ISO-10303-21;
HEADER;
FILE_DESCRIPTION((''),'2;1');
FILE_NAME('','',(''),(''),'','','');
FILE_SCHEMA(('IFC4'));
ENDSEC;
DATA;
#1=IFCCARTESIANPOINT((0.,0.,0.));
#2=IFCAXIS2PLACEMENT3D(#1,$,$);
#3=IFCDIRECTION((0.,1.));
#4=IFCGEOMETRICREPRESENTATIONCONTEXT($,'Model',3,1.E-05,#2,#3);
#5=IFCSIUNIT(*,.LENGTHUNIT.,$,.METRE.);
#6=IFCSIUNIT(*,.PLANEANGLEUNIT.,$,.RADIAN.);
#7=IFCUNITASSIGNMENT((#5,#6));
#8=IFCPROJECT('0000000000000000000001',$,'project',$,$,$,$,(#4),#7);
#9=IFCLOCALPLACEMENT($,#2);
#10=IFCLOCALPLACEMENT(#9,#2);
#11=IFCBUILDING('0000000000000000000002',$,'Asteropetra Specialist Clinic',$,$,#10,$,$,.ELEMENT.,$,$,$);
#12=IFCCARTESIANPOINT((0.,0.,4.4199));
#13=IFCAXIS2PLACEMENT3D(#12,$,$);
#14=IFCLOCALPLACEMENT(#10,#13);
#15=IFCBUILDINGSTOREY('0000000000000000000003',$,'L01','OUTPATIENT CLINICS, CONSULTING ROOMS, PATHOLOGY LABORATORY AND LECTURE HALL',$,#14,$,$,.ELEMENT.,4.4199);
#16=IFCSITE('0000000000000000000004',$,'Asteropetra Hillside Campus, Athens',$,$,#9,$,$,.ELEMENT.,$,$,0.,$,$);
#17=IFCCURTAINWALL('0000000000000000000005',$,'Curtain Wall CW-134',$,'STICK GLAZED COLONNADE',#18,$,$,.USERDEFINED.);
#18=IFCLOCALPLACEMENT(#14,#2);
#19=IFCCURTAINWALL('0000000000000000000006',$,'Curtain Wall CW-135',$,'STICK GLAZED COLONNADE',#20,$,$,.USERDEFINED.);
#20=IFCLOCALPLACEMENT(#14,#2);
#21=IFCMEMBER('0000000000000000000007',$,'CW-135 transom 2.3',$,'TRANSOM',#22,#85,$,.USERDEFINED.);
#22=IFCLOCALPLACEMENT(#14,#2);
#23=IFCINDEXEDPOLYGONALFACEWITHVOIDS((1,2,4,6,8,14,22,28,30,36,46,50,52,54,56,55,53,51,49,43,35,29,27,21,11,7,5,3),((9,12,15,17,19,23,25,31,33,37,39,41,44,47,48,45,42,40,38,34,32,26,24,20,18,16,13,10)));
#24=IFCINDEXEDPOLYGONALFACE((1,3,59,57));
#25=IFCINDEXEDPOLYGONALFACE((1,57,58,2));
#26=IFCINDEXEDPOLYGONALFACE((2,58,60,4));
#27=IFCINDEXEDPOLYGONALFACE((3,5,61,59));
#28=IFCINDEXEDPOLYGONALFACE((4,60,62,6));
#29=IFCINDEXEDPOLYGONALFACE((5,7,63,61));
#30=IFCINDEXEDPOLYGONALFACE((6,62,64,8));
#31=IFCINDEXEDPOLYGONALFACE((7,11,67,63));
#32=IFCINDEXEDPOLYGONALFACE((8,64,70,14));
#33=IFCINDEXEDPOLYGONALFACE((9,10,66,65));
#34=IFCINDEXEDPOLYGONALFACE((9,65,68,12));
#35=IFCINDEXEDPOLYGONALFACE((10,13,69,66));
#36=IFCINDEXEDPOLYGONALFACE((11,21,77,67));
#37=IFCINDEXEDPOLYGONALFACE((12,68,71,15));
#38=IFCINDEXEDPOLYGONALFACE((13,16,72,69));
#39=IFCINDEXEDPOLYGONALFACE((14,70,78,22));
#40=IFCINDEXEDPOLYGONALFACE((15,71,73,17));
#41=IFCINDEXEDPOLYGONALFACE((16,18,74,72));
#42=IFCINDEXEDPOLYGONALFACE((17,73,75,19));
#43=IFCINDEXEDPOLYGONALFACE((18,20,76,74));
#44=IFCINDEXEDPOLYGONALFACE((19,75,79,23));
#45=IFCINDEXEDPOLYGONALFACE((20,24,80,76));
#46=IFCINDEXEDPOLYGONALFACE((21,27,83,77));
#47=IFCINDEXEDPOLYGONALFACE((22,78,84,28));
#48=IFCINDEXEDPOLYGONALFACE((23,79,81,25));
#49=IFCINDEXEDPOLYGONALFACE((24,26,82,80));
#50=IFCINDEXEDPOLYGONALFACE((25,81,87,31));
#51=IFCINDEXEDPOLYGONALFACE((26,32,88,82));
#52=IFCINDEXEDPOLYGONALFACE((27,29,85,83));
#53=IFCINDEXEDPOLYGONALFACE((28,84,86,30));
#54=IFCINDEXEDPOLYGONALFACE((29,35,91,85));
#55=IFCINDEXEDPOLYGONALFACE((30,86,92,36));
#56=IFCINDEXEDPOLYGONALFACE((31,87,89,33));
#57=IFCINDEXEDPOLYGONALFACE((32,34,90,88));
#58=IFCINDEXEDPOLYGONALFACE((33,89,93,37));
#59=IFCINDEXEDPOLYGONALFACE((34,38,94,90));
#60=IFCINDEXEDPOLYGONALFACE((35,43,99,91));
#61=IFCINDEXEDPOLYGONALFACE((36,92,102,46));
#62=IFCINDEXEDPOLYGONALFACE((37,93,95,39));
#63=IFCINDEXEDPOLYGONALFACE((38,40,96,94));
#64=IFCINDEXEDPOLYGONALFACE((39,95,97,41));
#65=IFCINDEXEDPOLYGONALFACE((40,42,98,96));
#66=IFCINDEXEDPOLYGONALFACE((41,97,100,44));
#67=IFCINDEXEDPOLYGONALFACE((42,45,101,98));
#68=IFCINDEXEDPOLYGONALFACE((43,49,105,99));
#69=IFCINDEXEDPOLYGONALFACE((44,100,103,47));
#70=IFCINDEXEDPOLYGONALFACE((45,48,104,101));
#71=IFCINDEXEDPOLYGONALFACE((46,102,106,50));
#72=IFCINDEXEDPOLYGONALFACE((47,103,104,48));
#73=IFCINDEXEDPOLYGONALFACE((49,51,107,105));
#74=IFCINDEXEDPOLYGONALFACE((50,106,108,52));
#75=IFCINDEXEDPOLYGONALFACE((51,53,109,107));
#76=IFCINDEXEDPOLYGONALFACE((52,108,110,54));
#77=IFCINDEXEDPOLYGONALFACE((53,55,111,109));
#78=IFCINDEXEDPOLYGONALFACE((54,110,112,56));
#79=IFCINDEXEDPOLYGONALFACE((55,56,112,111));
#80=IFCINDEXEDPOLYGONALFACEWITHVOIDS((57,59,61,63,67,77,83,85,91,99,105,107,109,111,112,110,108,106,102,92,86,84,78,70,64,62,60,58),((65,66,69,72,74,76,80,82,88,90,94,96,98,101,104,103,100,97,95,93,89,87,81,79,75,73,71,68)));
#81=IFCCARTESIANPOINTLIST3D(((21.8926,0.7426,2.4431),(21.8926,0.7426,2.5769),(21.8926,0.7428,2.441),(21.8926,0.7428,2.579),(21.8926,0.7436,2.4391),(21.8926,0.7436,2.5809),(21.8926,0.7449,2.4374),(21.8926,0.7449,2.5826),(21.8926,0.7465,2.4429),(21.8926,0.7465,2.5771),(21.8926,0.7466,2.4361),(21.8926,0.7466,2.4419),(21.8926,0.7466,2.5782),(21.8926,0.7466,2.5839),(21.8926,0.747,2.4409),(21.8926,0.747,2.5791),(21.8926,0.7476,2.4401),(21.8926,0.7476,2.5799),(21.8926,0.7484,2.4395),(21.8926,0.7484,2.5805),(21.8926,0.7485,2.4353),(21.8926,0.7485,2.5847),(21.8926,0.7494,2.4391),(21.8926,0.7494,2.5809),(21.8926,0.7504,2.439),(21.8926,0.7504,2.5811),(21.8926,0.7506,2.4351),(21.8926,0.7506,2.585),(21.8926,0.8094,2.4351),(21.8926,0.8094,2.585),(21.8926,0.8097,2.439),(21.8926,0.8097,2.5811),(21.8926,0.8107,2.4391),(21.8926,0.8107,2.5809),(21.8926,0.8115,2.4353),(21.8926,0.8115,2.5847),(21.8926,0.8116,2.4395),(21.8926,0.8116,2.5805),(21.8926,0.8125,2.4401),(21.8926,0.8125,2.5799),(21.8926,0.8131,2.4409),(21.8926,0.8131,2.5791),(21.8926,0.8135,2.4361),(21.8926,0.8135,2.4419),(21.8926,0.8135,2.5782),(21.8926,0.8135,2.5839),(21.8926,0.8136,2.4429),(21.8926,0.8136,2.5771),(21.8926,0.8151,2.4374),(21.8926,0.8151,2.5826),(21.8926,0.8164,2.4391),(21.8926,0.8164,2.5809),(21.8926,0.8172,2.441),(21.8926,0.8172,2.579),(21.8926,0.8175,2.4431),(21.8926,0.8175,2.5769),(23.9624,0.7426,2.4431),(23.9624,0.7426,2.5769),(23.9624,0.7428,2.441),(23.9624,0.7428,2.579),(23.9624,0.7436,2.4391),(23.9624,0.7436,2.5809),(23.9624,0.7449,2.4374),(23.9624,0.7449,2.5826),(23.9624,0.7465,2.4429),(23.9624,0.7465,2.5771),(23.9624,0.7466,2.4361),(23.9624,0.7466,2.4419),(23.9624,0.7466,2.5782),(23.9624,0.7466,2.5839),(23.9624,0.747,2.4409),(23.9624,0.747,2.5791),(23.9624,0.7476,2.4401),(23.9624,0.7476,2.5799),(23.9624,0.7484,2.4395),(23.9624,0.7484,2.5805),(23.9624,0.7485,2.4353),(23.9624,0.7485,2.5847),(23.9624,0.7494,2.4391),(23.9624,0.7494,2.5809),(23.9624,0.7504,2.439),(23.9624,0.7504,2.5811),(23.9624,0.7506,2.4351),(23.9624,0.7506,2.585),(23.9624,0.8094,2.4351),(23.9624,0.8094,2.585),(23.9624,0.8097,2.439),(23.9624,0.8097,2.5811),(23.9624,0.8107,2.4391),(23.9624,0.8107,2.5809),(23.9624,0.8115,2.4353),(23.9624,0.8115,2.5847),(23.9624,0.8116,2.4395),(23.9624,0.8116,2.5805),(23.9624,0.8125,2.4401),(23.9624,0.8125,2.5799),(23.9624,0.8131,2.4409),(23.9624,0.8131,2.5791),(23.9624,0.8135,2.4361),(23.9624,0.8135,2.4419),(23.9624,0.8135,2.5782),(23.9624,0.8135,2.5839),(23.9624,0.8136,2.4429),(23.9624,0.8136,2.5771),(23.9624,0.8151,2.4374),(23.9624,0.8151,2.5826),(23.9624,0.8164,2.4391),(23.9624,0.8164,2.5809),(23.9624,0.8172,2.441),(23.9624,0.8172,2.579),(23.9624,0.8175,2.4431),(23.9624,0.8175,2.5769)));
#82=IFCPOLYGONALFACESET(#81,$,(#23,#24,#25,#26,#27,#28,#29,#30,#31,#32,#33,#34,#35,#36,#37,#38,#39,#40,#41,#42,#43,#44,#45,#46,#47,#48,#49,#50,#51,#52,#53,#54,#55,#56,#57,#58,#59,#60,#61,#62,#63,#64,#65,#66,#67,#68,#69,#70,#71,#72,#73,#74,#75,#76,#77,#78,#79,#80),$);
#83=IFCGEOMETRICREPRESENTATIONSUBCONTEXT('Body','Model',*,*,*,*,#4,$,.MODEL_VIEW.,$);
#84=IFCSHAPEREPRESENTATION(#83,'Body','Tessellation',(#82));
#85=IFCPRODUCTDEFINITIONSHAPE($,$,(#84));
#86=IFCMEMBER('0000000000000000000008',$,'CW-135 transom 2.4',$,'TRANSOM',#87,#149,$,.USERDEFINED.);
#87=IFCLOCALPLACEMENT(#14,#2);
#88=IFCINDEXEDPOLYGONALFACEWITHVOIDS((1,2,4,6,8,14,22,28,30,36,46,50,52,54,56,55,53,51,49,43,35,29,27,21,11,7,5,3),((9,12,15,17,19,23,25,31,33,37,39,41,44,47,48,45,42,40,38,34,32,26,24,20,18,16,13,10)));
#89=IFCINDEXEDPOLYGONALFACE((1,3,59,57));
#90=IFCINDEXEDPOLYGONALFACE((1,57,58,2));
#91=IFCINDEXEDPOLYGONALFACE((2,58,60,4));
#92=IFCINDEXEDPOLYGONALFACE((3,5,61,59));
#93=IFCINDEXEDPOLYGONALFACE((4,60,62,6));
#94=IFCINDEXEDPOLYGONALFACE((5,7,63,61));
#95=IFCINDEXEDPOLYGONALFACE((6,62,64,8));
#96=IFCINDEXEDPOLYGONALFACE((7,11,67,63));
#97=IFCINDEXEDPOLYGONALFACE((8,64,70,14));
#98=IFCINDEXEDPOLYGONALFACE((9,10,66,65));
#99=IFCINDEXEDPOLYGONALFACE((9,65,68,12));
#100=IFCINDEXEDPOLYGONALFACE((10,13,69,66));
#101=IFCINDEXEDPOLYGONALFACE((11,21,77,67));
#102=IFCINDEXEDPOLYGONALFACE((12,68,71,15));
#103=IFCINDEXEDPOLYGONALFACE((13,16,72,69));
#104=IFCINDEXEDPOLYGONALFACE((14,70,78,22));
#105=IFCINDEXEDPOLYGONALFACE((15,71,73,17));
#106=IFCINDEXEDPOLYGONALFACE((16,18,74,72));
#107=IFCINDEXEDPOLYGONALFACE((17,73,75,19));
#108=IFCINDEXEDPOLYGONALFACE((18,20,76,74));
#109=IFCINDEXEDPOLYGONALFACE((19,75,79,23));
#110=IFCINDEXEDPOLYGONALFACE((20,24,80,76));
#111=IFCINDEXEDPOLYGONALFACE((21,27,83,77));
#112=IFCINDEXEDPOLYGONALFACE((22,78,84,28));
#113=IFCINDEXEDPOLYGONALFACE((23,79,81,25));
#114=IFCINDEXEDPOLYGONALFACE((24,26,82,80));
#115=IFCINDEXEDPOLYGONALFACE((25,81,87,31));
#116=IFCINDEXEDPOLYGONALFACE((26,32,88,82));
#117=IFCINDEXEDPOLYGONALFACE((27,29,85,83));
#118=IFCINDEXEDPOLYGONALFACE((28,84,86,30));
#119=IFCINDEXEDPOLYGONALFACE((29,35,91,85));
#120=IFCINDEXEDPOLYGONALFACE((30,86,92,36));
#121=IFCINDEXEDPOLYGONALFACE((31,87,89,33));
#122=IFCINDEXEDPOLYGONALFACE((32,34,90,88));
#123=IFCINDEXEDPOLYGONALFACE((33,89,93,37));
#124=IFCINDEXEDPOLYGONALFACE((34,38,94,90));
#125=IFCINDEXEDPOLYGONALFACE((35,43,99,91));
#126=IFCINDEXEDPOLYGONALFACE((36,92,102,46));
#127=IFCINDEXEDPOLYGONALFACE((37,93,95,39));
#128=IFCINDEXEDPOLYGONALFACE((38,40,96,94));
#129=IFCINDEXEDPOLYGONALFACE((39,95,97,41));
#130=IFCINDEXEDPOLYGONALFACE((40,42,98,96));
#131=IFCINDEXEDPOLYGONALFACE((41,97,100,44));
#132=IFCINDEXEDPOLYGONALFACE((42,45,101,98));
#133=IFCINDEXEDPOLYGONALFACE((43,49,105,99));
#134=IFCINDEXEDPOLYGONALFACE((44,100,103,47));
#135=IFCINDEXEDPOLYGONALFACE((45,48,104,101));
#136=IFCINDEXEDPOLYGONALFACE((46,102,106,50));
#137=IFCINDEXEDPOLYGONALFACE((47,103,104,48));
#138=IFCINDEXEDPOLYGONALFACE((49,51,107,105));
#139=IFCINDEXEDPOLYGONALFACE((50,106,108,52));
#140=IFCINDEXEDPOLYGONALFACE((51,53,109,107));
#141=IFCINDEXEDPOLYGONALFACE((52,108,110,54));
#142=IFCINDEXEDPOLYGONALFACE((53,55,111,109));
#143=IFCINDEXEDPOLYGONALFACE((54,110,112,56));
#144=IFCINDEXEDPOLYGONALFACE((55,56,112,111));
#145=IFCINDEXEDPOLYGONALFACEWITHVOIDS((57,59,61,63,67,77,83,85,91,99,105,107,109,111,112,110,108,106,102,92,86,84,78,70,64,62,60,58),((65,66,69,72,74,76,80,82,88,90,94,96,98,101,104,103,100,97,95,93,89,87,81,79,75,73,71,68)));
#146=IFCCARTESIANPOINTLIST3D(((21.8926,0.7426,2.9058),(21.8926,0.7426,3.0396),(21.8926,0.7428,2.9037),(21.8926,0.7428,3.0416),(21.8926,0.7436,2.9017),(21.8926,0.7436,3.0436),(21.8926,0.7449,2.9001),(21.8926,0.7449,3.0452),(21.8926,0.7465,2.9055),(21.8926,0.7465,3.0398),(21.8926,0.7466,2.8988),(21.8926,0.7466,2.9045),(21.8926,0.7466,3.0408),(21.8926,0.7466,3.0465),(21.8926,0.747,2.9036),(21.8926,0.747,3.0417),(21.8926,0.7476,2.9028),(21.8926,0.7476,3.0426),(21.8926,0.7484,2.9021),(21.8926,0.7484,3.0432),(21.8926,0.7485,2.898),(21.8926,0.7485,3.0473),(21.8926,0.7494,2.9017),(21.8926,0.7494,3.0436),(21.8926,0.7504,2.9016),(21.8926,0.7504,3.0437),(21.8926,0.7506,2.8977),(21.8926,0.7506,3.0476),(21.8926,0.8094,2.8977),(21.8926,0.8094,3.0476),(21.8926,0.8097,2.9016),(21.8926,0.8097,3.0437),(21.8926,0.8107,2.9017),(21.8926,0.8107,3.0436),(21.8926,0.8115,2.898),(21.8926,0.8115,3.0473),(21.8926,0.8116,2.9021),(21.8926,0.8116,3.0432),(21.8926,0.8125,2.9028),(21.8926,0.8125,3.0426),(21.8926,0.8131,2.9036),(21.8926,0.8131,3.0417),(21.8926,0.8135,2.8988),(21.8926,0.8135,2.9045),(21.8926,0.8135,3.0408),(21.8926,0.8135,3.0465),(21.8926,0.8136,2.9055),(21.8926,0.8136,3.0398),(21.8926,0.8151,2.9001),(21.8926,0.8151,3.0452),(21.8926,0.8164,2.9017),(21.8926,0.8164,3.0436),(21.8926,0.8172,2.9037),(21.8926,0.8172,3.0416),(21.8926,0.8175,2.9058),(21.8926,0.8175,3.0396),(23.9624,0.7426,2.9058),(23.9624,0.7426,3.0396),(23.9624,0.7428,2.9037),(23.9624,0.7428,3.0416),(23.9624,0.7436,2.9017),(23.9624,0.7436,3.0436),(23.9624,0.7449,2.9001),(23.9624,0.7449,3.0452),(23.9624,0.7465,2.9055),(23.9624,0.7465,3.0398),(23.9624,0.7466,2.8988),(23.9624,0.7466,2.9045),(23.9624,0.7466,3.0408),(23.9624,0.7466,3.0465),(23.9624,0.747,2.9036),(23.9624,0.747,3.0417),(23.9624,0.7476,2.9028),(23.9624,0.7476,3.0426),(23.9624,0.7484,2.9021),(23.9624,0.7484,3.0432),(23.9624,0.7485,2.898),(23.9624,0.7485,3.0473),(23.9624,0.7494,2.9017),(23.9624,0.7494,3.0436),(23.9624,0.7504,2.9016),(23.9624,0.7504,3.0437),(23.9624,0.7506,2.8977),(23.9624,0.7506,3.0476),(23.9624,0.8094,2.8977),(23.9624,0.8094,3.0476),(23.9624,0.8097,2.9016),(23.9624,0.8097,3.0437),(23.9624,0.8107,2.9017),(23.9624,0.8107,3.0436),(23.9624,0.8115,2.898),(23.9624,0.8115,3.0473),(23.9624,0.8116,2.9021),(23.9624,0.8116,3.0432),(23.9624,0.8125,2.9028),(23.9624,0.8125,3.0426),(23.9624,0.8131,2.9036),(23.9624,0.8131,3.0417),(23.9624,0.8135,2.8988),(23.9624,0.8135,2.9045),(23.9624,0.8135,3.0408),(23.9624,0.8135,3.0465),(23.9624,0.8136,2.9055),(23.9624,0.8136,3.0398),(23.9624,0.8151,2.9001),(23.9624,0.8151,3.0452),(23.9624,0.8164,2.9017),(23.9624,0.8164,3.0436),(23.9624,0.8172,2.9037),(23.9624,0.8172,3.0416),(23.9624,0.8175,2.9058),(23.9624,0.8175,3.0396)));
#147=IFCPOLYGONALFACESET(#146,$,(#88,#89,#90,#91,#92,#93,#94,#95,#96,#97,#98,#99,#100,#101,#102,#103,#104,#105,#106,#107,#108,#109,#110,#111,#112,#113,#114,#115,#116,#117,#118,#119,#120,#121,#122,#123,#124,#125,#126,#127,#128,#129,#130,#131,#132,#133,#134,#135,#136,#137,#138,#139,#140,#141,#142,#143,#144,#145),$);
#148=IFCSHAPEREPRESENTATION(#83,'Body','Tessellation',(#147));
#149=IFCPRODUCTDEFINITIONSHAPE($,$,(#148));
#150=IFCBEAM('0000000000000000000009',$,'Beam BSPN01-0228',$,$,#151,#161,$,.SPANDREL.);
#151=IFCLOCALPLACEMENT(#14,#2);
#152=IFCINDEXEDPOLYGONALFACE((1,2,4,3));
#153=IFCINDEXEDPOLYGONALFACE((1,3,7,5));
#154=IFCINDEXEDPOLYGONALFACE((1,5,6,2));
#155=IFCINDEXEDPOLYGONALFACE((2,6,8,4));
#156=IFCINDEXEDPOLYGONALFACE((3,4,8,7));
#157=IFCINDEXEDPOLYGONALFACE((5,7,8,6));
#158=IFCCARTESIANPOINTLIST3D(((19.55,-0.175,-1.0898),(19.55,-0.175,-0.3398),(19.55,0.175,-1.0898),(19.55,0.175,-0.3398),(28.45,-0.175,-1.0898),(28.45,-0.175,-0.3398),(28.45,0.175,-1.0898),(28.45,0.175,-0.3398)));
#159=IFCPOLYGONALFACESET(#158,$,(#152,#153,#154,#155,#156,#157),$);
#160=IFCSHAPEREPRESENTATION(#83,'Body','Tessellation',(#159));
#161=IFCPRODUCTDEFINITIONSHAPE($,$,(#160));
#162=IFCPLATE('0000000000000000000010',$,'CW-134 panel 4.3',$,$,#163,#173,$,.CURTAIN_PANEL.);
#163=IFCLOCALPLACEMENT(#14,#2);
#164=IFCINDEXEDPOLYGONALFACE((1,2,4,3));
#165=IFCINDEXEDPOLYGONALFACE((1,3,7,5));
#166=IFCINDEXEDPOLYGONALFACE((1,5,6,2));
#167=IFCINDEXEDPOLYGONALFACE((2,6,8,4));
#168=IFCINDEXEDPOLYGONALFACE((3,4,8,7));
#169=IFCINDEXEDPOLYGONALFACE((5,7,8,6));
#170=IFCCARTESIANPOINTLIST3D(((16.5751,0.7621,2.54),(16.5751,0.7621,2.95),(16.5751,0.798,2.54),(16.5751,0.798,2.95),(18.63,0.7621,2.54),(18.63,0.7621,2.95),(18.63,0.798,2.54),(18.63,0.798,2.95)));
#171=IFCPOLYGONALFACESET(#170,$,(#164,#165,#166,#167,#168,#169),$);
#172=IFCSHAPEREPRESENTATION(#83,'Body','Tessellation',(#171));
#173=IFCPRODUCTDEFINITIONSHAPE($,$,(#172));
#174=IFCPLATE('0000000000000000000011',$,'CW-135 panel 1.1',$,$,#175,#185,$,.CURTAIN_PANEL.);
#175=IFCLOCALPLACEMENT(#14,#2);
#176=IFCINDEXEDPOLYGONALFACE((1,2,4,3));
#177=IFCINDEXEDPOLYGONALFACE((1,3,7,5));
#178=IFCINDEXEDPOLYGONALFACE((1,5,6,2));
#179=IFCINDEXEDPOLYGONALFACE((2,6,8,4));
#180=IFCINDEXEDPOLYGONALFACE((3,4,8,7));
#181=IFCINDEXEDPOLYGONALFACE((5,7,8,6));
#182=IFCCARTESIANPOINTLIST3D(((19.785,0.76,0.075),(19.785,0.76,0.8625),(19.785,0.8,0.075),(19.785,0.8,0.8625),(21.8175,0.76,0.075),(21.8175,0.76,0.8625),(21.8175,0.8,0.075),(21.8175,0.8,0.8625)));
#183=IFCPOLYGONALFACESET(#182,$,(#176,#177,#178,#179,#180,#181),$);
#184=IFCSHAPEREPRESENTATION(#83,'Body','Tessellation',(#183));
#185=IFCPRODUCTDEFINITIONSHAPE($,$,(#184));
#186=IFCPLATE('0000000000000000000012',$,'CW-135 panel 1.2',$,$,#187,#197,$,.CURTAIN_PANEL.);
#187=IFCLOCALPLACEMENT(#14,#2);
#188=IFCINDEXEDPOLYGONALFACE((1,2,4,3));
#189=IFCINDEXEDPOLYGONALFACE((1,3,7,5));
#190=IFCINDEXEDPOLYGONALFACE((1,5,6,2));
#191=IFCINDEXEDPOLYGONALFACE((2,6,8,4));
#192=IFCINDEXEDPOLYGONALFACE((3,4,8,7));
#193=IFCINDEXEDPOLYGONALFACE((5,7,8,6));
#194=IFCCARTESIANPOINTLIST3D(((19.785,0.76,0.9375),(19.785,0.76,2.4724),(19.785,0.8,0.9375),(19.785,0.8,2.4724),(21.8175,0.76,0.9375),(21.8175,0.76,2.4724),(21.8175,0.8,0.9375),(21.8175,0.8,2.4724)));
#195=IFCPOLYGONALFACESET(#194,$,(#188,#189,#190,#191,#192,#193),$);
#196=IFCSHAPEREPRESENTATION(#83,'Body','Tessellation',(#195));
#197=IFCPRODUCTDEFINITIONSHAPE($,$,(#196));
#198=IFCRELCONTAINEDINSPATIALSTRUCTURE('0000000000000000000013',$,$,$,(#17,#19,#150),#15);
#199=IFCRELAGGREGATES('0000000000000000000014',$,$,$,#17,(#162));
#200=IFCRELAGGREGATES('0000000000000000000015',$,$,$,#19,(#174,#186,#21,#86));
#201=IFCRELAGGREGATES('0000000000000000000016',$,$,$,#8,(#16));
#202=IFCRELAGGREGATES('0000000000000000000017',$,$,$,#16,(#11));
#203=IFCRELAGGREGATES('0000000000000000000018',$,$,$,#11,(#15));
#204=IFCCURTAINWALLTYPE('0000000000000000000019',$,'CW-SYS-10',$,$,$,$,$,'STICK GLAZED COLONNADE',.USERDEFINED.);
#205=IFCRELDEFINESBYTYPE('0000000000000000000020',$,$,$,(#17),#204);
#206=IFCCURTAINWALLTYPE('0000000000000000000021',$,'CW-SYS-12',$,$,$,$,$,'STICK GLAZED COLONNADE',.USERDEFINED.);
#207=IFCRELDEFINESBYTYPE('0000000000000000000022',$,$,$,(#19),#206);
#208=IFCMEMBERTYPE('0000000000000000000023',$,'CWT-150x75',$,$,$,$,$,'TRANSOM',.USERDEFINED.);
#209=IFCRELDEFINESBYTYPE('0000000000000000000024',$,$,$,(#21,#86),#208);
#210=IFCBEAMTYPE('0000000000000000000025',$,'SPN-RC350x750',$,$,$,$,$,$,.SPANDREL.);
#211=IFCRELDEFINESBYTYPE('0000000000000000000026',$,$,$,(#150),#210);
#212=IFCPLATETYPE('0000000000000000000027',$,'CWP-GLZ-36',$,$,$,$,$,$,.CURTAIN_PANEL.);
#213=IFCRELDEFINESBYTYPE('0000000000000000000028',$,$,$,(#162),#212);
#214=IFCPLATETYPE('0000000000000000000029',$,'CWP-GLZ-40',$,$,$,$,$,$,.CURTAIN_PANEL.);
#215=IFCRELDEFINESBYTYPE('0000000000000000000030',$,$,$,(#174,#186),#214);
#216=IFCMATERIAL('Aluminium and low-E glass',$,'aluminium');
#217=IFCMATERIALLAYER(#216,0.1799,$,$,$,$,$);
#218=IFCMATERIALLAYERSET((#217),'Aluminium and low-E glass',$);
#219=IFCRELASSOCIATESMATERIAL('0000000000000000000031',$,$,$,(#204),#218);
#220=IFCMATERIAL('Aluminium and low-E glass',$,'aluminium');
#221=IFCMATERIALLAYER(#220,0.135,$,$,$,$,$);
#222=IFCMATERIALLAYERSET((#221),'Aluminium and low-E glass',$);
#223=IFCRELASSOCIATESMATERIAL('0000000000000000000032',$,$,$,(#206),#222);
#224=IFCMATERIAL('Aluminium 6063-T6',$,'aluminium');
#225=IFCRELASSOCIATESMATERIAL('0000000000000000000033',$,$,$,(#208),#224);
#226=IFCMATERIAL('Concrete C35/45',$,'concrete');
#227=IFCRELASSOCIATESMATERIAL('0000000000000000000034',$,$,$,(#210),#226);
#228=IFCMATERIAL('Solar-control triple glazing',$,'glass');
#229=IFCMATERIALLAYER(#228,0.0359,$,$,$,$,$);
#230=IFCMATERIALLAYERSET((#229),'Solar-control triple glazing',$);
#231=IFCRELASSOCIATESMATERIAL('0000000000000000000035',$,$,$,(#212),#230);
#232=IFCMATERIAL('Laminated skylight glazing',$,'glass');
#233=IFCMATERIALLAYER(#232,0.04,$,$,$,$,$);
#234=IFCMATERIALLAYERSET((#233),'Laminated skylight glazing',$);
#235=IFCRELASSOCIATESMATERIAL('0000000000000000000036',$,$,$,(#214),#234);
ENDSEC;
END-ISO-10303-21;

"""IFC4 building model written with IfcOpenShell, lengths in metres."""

from ifc_helpers import new_model, si_unit, direction, frame, origin, origin_2d, place, context, subcontext, project, spatial, rectangle, hollow_rectangle, extrude, material, layer, layer_set, material_profile, profile_set, type_object, element, aggregate, save


model = new_model("IFC4")

# Units and contexts
model_context = context("Model", 3, precision=1e-05, world=origin(), true_north=direction((0.0, 1.0)))
body_context = subcontext(model_context, "Body", "Model", "MODEL_VIEW")
ifc_project = project(units=[si_unit("LENGTHUNIT", "METRE"), si_unit("PLANEANGLEUNIT", "RADIAN")], contexts=[model_context])

# Site, building, storey
site_placement = place(None, origin())
site = spatial("IfcSite", under=ifc_project, at=site_placement, Name="Asteropetra Hillside Campus, Athens", CompositionType="ELEMENT", RefElevation=0.0)
building_placement = place(site_placement, origin())
building = spatial("IfcBuilding", under=site, at=building_placement, Name="Asteropetra Specialist Clinic", CompositionType="ELEMENT")
storey_placement = place(building_placement, frame((0.0, 0.0, 4.4199)))
storey = spatial("IfcBuildingStorey", under=building, at=storey_placement, Name="L01", Description="OUTPATIENT CLINICS, CONSULTING ROOMS, PATHOLOGY LABORATORY AND LECTURE HALL", CompositionType="ELEMENT", Elevation=4.4199)

# Curtain wall
ifc_material_1 = material(Name="Aluminium and low-E glass", Category="aluminium")
ifc_layer_1 = layer(ifc_material_1, 0.1799)
ifc_layer_set_1 = layer_set([ifc_layer_1], Name="Aluminium and low-E glass")
curtain_wall_type_1 = type_object("IfcCurtainWallType", Name="CW-SYS-10", ElementType="STICK GLAZED COLONNADE", PredefinedType="USERDEFINED", material=ifc_layer_set_1)
curtain_wall_1_placement = place(storey_placement, origin())
curtain_wall_1 = element("IfcCurtainWall", 1, at=curtain_wall_1_placement, inside=storey, type_object=curtain_wall_type_1, Name="Curtain Wall CW-134", ObjectType="STICK GLAZED COLONNADE", PredefinedType="USERDEFINED")

# Curtain wall, members
ifc_material_2 = material(Name="Aluminium and low-E glass", Category="aluminium")
ifc_layer_2 = layer(ifc_material_2, 0.135)
ifc_layer_set_2 = layer_set([ifc_layer_2], Name="Aluminium and low-E glass")
curtain_wall_type_2 = type_object("IfcCurtainWallType", Name="CW-SYS-12", ElementType="STICK GLAZED COLONNADE", PredefinedType="USERDEFINED", material=ifc_layer_set_2)
curtain_wall_2_placement = place(storey_placement, origin())
curtain_wall_2 = element("IfcCurtainWall", 2, at=curtain_wall_2_placement, inside=storey, type_object=curtain_wall_type_2, Name="Curtain Wall CW-135", ObjectType="STICK GLAZED COLONNADE", PredefinedType="USERDEFINED")
ifc_material_3 = material(Name="Aluminium 6063-T6", Category="aluminium")
ifc_material_profile_1 = material_profile(ifc_material_3, hollow_rectangle(XDim=0.075, YDim=0.1499, WallThickness=0.0039, InnerFilletRadius=0.0039, OuterFilletRadius=0.0081, at=origin_2d()), Name="TRN 150x75x4.0")
ifc_profile_set_1 = profile_set([ifc_material_profile_1], Name="Aluminium 6063-T6")
member_type_1 = type_object("IfcMemberType", Name="CWT-150x75", ElementType="TRANSOM", PredefinedType="USERDEFINED", material=ifc_profile_set_1)
member_1_placement = place(storey_placement, frame((21.8926, 0.78, 2.51), z_axis=(1.0, 0.0, 0.0), x_axis=(0.0, 1.0, 0.0)))
member_1 = element("IfcMember", 3, at=member_1_placement, type_object=member_type_1, Name="CW-135 transom 2.3", ObjectType="TRANSOM", PredefinedType="USERDEFINED", context=body_context, shape_type="SweptSolid", body=[
    extrude(hollow_rectangle(XDim=0.075, YDim=0.1499, WallThickness=0.0039, InnerFilletRadius=0.0039, OuterFilletRadius=0.0081, at=origin_2d()), origin(), (0.0, 0.0, 1.0), 2.0698),
])
member_2_placement = place(storey_placement, frame((21.8926, 0.78, 2.9727), z_axis=(1.0, 0.0, 0.0), x_axis=(0.0, 1.0, 0.0)))
member_2 = element("IfcMember", 4, at=member_2_placement, type_object=member_type_1, Name="CW-135 transom 2.4", ObjectType="TRANSOM", PredefinedType="USERDEFINED", context=body_context, shape_type="SweptSolid", body=[
    extrude(hollow_rectangle(XDim=0.075, YDim=0.1499, WallThickness=0.0039, InnerFilletRadius=0.0039, OuterFilletRadius=0.0081, at=origin_2d()), origin(), (0.0, 0.0, 1.0), 2.0698),
])

# Beam
ifc_material_4 = material(Name="Concrete C35/45", Category="concrete")
ifc_material_profile_2 = material_profile(ifc_material_4, rectangle(XDim=0.3501, YDim=0.75, at=origin_2d()), Name="RCS 350x750")
ifc_profile_set_2 = profile_set([ifc_material_profile_2], Name="Concrete C35/45")
beam_type_1 = type_object("IfcBeamType", Name="SPN-RC350x750", PredefinedType="SPANDREL", material=ifc_profile_set_2)
beam_1_placement = place(storey_placement, frame((19.55, 0.0, -0.7148), z_axis=(1.0, 0.0, 0.0), x_axis=(0.0, 1.0, 0.0)))
element("IfcBeam", 5, at=beam_1_placement, inside=storey, type_object=beam_type_1, Name="Beam BSPN01-0228", PredefinedType="SPANDREL", context=body_context, shape_type="SweptSolid", body=[
    extrude(rectangle(XDim=0.3501, YDim=0.75, at=origin_2d()), origin(), (0.0, 0.0, 1.0), 8.8999),
])

# Plates
ifc_material_5 = material(Name="Solar-control triple glazing", Category="glass")
ifc_layer_3 = layer(ifc_material_5, 0.0359)
ifc_layer_set_3 = layer_set([ifc_layer_3], Name="Solar-control triple glazing")
plate_type_1 = type_object("IfcPlateType", Name="CWP-GLZ-36", PredefinedType="CURTAIN_PANEL", material=ifc_layer_set_3)
plate_1_placement = place(storey_placement, frame((17.6025, 0.78, 2.54), z_axis=(0.0, 0.0, 1.0), x_axis=(1.0, 0.0, 0.0)))
plate_1 = element("IfcPlate", 6, at=plate_1_placement, type_object=plate_type_1, Name="CW-134 panel 4.3", PredefinedType="CURTAIN_PANEL", context=body_context, shape_type="SweptSolid", body=[
    extrude(rectangle(XDim=2.0549, YDim=0.0359, at=origin_2d()), origin(), (0.0, 0.0, 1.0), 0.4099),
])
aggregate(curtain_wall_1, [plate_1])
ifc_material_6 = material(Name="Laminated skylight glazing", Category="glass")
ifc_layer_4 = layer(ifc_material_6, 0.04)
ifc_layer_set_4 = layer_set([ifc_layer_4], Name="Laminated skylight glazing")
plate_type_2 = type_object("IfcPlateType", Name="CWP-GLZ-40", PredefinedType="CURTAIN_PANEL", material=ifc_layer_set_4)
plate_2_placement = place(storey_placement, frame((20.8013, 0.78, 0.075), z_axis=(0.0, 0.0, 1.0), x_axis=(1.0, 0.0, 0.0)))
plate_2 = element("IfcPlate", 7, at=plate_2_placement, type_object=plate_type_2, Name="CW-135 panel 1.1", PredefinedType="CURTAIN_PANEL", context=body_context, shape_type="SweptSolid", body=[
    extrude(rectangle(XDim=2.0325, YDim=0.04, at=origin_2d()), origin(), (0.0, 0.0, 1.0), 0.7876),
])
plate_3_placement = place(storey_placement, frame((20.8013, 0.78, 0.9375), z_axis=(0.0, 0.0, 1.0), x_axis=(1.0, 0.0, 0.0)))
plate_3 = element("IfcPlate", 8, at=plate_3_placement, type_object=plate_type_2, Name="CW-135 panel 1.2", PredefinedType="CURTAIN_PANEL", context=body_context, shape_type="SweptSolid", body=[
    extrude(rectangle(XDim=2.0325, YDim=0.04, at=origin_2d()), origin(), (0.0, 0.0, 1.0), 1.5349),
])
aggregate(curtain_wall_2, [plate_2, plate_3, member_1, member_2])

save(model, "model.ifc")
